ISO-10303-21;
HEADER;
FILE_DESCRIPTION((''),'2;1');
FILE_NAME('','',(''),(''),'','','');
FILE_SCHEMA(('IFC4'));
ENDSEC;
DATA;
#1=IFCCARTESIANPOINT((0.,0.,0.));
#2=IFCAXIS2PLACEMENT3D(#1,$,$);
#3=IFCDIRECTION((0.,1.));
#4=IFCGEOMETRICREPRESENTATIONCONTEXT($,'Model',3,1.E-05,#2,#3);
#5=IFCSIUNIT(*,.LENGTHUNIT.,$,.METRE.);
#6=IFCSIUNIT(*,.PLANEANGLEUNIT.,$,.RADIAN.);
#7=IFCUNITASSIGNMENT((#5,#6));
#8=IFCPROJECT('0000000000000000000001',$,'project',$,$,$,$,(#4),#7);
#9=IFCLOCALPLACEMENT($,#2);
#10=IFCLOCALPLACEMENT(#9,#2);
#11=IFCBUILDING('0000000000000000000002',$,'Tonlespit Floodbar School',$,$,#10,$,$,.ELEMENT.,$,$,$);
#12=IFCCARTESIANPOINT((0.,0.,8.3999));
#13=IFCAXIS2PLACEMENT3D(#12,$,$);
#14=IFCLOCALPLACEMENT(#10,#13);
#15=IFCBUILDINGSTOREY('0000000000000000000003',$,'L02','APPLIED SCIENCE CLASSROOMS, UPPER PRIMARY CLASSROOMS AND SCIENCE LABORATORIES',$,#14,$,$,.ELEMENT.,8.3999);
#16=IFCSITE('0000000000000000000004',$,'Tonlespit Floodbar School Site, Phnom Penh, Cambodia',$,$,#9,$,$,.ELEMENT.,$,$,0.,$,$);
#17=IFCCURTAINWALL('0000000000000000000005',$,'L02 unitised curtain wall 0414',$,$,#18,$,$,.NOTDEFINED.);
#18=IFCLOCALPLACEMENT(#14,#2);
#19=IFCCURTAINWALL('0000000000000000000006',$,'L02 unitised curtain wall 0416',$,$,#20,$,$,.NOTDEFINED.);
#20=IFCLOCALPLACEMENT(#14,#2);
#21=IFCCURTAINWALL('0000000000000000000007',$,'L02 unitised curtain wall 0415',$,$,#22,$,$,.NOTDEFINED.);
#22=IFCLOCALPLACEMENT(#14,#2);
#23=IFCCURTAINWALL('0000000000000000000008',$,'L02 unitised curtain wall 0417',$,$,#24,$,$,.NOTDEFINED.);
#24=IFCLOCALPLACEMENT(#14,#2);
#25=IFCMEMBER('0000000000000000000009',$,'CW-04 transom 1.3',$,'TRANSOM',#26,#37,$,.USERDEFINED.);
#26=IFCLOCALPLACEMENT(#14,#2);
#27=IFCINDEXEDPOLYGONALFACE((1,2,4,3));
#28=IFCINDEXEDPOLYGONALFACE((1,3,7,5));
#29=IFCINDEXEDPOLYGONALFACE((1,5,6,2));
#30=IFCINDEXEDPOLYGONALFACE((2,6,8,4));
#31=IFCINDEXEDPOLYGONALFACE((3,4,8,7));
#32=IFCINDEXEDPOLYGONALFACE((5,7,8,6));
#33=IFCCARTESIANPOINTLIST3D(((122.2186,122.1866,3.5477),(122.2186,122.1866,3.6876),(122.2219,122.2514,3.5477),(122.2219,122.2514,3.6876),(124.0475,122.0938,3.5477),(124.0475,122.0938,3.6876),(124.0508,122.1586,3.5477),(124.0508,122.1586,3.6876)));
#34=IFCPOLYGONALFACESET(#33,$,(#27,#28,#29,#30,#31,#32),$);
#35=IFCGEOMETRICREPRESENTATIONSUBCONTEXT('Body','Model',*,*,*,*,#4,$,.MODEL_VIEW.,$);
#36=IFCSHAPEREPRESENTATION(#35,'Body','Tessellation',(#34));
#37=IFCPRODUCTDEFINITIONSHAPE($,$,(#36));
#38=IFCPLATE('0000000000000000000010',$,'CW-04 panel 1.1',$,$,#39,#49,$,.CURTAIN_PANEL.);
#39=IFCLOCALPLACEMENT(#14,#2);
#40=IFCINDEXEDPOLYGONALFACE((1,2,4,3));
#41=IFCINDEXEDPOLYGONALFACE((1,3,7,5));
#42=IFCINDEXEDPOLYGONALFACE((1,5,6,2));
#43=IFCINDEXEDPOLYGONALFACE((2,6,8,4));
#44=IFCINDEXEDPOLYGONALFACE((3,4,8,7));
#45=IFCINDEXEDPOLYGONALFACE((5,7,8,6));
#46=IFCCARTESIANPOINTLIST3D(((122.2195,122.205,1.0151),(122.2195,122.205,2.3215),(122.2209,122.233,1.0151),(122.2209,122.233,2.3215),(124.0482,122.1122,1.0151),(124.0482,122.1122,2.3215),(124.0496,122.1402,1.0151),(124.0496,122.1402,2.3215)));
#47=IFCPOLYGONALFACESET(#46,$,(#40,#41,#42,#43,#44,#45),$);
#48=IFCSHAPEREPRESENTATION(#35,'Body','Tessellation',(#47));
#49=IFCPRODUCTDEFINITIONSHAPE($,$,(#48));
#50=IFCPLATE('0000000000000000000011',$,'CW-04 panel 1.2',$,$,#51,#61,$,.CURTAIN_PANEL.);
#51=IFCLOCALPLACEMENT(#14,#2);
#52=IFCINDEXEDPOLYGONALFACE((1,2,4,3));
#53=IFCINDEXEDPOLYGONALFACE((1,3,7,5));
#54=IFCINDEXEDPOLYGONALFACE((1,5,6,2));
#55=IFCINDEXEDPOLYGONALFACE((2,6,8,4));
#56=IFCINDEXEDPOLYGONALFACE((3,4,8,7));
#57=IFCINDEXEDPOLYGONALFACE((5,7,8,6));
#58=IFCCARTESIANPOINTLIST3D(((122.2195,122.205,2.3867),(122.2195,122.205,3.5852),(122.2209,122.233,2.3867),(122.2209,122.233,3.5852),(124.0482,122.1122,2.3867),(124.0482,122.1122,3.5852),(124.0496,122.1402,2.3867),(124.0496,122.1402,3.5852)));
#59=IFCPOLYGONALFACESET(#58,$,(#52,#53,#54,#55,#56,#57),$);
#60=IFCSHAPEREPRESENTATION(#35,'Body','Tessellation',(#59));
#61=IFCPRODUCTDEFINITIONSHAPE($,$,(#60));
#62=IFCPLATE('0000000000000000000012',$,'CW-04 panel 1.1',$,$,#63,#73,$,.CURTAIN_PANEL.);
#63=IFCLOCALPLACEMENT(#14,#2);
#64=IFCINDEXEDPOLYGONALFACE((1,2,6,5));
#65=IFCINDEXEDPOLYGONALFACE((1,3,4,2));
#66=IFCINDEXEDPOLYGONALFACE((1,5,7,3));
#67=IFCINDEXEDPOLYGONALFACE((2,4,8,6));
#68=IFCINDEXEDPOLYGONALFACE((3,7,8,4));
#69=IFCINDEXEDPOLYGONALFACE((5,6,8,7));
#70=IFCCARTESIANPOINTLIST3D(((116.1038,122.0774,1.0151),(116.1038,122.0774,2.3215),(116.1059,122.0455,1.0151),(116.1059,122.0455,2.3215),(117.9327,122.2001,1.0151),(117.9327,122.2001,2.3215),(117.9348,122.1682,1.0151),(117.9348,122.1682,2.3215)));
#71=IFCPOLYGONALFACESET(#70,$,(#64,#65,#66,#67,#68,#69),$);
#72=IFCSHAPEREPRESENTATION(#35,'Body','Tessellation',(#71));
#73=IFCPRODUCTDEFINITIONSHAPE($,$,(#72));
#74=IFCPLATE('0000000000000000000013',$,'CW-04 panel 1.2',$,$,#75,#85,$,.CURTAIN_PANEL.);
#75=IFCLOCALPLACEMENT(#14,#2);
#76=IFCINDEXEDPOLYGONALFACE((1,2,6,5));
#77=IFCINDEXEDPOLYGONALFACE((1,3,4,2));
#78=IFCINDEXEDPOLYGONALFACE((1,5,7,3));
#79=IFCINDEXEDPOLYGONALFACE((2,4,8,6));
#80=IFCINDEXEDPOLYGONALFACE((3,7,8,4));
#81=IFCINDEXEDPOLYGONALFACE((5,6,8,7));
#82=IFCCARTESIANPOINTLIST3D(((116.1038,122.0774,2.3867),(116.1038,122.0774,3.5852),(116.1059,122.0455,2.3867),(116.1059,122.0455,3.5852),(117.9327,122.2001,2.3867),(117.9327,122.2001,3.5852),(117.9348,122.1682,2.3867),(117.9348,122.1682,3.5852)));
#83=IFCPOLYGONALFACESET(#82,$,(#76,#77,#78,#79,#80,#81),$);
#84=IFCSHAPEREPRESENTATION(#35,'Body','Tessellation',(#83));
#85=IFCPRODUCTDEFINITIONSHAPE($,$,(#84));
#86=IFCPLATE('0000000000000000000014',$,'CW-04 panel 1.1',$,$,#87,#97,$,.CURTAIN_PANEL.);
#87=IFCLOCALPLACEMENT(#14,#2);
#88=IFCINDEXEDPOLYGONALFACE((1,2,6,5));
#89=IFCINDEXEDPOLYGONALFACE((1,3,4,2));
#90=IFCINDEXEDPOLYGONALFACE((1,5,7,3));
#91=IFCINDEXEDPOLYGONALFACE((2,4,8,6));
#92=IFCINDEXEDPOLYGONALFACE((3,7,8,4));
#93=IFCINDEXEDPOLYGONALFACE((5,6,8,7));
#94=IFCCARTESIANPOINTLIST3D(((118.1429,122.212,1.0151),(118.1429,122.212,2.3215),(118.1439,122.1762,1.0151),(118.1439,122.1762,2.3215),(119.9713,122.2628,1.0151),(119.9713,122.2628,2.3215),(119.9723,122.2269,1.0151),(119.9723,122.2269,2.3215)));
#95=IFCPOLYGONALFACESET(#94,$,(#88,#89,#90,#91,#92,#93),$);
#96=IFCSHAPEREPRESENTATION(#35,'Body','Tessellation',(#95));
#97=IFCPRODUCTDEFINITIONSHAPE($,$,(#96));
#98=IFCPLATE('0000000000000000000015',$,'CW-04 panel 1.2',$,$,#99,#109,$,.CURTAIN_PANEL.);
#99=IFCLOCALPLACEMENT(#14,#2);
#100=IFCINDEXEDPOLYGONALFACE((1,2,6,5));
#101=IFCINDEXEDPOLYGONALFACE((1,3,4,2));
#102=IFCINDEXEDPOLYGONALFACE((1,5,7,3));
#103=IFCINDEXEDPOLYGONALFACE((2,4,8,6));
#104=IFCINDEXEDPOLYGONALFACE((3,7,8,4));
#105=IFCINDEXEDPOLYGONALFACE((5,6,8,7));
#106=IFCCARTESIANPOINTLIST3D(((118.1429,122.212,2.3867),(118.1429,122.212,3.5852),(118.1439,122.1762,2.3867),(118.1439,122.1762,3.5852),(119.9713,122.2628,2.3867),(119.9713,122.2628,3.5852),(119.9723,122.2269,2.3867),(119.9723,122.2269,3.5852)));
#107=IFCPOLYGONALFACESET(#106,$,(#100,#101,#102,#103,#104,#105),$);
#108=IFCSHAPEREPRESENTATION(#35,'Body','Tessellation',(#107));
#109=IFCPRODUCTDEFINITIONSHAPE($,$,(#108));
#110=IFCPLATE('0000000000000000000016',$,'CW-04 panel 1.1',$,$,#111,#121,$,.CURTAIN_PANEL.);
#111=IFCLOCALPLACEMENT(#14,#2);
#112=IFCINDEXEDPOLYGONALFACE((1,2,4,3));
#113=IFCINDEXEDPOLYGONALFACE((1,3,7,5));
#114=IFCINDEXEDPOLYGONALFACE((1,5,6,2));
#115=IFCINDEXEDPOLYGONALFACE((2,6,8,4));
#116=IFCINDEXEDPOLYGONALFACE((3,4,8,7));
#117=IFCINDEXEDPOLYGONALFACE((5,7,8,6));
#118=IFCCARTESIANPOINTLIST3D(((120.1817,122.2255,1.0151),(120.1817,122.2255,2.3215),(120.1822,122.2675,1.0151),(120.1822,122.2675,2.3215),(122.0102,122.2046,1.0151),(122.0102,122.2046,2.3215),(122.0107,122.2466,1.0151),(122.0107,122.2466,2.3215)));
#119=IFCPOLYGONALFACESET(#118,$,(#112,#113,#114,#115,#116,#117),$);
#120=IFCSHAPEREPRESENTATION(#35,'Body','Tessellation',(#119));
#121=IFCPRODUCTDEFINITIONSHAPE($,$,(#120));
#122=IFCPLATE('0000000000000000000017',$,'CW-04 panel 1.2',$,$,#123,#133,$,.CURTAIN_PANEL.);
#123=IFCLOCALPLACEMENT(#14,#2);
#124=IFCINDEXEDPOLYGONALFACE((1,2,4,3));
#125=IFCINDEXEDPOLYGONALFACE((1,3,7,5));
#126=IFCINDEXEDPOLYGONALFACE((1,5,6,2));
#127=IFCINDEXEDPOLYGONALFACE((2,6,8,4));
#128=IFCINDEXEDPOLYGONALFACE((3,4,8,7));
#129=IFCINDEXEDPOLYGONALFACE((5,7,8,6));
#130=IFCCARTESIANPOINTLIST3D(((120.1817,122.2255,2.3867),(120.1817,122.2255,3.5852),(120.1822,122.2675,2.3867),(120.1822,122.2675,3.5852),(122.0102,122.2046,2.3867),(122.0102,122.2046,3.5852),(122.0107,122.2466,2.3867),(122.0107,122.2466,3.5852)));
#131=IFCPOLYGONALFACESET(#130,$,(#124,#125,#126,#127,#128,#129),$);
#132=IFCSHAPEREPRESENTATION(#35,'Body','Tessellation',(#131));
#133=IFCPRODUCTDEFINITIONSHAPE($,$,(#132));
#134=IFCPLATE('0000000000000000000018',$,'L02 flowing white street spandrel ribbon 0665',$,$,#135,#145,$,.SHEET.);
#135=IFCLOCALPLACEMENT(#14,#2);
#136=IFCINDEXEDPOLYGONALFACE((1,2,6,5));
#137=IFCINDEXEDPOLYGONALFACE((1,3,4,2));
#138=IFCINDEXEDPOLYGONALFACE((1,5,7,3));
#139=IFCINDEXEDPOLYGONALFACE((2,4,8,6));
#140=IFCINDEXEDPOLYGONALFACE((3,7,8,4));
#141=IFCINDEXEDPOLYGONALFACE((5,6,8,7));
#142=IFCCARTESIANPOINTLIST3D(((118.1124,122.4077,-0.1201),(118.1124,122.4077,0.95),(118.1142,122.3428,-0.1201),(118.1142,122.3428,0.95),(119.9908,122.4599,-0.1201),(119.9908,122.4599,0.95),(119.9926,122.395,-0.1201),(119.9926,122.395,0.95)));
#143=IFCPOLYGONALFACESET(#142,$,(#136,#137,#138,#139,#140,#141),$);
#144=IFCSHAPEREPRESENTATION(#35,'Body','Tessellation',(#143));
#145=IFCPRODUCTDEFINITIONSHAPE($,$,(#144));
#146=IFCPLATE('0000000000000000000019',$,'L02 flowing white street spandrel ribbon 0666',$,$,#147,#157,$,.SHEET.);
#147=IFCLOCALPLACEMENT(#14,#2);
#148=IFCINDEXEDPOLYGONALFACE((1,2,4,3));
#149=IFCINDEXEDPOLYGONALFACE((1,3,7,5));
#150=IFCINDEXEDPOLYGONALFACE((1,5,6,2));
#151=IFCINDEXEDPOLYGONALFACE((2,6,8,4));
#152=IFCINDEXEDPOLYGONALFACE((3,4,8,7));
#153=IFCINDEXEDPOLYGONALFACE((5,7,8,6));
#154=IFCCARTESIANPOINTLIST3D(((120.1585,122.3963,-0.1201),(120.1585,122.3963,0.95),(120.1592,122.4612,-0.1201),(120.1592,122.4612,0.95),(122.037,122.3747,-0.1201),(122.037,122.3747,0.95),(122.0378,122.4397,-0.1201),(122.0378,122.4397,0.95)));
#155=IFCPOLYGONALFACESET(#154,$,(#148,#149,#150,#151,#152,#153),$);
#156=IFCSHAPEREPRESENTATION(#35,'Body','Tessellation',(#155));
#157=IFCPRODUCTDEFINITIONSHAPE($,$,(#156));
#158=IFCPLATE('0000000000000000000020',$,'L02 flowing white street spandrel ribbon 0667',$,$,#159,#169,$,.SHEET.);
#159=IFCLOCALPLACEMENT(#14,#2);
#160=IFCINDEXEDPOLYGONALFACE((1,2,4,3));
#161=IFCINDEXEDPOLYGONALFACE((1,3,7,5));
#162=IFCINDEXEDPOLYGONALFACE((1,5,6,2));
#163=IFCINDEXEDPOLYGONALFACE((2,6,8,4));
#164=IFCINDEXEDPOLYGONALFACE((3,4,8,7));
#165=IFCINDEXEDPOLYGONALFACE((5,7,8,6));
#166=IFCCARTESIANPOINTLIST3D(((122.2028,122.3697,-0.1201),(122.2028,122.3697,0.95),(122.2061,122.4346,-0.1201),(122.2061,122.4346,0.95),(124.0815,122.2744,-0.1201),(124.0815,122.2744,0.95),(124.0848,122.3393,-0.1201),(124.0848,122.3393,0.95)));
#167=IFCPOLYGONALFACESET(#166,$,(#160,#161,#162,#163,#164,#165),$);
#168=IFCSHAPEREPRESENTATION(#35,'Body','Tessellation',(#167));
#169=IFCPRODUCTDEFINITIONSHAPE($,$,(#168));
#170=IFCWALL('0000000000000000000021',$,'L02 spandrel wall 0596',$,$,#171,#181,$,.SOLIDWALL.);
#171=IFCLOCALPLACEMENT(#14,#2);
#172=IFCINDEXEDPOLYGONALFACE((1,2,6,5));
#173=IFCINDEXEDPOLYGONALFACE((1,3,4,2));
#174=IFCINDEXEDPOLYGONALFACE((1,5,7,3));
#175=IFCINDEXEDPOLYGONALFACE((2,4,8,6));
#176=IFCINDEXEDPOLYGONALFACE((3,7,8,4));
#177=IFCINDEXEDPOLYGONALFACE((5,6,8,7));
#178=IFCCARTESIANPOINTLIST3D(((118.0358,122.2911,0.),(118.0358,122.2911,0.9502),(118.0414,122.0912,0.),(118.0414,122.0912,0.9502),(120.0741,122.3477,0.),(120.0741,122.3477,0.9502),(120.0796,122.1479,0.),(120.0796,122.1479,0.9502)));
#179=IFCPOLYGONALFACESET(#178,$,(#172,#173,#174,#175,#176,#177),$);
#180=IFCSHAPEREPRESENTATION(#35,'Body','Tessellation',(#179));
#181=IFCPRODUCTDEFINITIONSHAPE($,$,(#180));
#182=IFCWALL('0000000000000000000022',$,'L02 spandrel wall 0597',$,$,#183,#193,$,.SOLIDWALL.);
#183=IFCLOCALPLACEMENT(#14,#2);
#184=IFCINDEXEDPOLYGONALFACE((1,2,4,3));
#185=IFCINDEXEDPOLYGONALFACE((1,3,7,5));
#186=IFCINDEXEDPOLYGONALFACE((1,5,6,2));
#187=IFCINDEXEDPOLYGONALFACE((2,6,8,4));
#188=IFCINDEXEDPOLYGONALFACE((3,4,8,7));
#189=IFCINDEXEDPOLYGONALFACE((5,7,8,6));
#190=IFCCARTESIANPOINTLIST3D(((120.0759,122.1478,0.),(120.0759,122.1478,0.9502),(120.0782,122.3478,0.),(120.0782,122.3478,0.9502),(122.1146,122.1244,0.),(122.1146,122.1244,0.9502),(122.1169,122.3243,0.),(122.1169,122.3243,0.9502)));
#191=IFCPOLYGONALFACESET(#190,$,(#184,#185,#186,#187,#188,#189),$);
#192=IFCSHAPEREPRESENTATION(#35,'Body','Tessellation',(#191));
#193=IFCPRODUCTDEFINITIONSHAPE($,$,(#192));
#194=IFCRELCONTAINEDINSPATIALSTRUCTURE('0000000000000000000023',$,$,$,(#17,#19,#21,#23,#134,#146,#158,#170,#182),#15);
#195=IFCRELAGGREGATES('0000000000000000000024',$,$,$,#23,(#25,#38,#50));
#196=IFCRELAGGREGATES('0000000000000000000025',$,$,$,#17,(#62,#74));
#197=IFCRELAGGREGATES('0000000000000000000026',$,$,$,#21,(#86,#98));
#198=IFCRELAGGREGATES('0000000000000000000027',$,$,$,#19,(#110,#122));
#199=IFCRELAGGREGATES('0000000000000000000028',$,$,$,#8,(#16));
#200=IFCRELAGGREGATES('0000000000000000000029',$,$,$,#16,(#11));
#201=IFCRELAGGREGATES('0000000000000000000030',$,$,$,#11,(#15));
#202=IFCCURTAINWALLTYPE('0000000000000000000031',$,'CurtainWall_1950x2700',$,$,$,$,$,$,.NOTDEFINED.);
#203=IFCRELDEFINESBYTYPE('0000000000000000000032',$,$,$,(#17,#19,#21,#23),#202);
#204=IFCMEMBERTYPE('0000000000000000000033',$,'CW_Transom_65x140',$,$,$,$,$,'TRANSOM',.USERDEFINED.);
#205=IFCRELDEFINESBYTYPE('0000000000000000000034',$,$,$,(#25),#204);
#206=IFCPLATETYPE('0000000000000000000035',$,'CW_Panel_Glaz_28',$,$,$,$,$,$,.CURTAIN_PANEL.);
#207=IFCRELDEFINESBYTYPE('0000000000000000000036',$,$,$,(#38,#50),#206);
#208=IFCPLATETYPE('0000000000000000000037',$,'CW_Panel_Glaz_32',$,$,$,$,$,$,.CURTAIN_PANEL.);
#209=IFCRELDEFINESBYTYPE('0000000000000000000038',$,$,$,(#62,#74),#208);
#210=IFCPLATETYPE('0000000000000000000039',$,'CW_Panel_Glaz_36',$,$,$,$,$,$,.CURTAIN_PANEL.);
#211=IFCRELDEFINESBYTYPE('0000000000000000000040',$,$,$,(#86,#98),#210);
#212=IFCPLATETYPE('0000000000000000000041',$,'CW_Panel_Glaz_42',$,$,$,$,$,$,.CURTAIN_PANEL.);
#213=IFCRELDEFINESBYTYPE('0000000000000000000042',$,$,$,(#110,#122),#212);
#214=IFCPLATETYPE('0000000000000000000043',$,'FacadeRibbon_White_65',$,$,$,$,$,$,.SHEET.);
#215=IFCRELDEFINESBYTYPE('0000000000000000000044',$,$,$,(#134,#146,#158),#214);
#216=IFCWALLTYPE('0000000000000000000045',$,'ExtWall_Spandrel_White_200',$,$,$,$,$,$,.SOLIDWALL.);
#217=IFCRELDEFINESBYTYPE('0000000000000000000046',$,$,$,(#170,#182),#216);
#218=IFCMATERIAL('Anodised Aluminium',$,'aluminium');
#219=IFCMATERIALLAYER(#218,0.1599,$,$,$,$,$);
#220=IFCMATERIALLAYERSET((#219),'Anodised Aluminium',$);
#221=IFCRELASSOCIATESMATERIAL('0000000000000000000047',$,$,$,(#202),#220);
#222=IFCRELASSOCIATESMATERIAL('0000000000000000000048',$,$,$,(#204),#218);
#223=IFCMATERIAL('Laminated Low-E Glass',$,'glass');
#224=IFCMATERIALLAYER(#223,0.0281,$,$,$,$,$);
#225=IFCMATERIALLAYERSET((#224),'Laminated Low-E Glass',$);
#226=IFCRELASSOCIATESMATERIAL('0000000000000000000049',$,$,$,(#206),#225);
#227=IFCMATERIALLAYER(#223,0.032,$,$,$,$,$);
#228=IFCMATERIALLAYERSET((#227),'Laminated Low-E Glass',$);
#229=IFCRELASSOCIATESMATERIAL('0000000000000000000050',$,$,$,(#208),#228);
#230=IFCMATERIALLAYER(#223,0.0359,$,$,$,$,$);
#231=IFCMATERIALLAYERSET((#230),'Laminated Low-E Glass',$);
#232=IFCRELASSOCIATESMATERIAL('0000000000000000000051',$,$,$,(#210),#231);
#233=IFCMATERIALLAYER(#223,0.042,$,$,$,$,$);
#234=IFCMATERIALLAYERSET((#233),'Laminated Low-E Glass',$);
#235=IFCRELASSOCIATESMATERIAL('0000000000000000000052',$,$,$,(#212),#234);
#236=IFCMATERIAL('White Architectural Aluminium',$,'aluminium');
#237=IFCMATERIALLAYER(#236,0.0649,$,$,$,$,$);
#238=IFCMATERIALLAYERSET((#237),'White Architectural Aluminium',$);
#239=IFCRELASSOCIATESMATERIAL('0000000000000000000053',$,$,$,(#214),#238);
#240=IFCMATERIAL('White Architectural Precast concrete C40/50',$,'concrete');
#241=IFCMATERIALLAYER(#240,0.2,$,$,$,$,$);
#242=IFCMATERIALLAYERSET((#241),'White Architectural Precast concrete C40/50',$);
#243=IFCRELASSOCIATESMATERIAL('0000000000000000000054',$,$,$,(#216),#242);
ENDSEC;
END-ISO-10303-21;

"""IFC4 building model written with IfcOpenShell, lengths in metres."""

from ifc_helpers import new_model, si_unit, direction, frame, frame_2d, origin, origin_2d, place, context, subcontext, project, spatial, rectangle, extrude, material, layer, layer_set, material_profile, profile_set, type_object, element, aggregate, save


model = new_model("IFC4")

# Units and contexts
model_context = context("Model", 3, precision=1e-05, world=origin(), true_north=direction((0.0, 1.0)))
body_context = subcontext(model_context, "Body", "Model", "MODEL_VIEW")
ifc_project = project(units=[si_unit("LENGTHUNIT", "METRE"), si_unit("PLANEANGLEUNIT", "RADIAN")], contexts=[model_context])

# Site, building, storey
site_placement = place(None, origin())
site = spatial("IfcSite", under=ifc_project, at=site_placement, Name="Tonlespit Floodbar School Site, Phnom Penh, Cambodia", CompositionType="ELEMENT", RefElevation=0.0)
building_placement = place(site_placement, origin())
building = spatial("IfcBuilding", under=site, at=building_placement, Name="Tonlespit Floodbar School", CompositionType="ELEMENT")
storey_placement = place(building_placement, frame((0.0, 0.0, 8.3999)))
storey = spatial("IfcBuildingStorey", under=building, at=storey_placement, Name="L02", Description="APPLIED SCIENCE CLASSROOMS, UPPER PRIMARY CLASSROOMS AND SCIENCE LABORATORIES", CompositionType="ELEMENT", Elevation=8.3999)

# Curtain wall
ifc_material_1 = material(Name="Anodised Aluminium", Category="aluminium")
ifc_layer_1 = layer(ifc_material_1, 0.1599)
ifc_layer_set_1 = layer_set([ifc_layer_1], Name="Anodised Aluminium")
curtain_wall_type = type_object("IfcCurtainWallType", Name="CurtainWall_1950x2700", PredefinedType="NOTDEFINED", material=ifc_layer_set_1)
curtain_wall_1_placement = place(storey_placement, origin())
curtain_wall_1 = element("IfcCurtainWall", 1, at=curtain_wall_1_placement, inside=storey, type_object=curtain_wall_type, Name="L02 unitised curtain wall 0414", PredefinedType="NOTDEFINED")

# Curtain walls
curtain_wall_2_placement = place(storey_placement, origin())
curtain_wall_2 = element("IfcCurtainWall", 2, at=curtain_wall_2_placement, inside=storey, type_object=curtain_wall_type, Name="L02 unitised curtain wall 0416", PredefinedType="NOTDEFINED")
curtain_wall_3_placement = place(storey_placement, origin())
curtain_wall_3 = element("IfcCurtainWall", 3, at=curtain_wall_3_placement, inside=storey, type_object=curtain_wall_type, Name="L02 unitised curtain wall 0415", PredefinedType="NOTDEFINED")

# Curtain wall
curtain_wall_4_placement = place(storey_placement, origin())
curtain_wall_4 = element("IfcCurtainWall", 4, at=curtain_wall_4_placement, inside=storey, type_object=curtain_wall_type, Name="L02 unitised curtain wall 0417", PredefinedType="NOTDEFINED")

# Member
ifc_material_profile_1 = material_profile(ifc_material_1, rectangle(XDim=0.0649, YDim=0.1399, at=origin_2d()), Name="ALU T65x140")
ifc_profile_set_1 = profile_set([ifc_material_profile_1], Name="Anodised Aluminium")
member_type_1 = type_object("IfcMemberType", Name="CW_Transom_65x140", ElementType="TRANSOM", PredefinedType="USERDEFINED", material=ifc_profile_set_1)
member_1_placement = place(storey_placement, frame((122.2202, 122.219, 3.6177), z_axis=(0.998716, -0.050662, 0.0), x_axis=(0.050662, 0.998716, 0.0)))
member_1 = element("IfcMember", 5, at=member_1_placement, type_object=member_type_1, Name="CW-04 transom 1.3", ObjectType="TRANSOM", PredefinedType="USERDEFINED", context=body_context, shape_type="SweptSolid", body=[
    extrude(rectangle(XDim=0.0649, YDim=0.1399, at=origin_2d()), origin(), (0.0, 0.0, 1.0), 1.8313),
])

# Plates
ifc_material_2 = material(Name="Laminated Low-E Glass", Category="glass")
ifc_layer_2 = layer(ifc_material_2, 0.0281)
ifc_layer_set_2 = layer_set([ifc_layer_2], Name="Laminated Low-E Glass")
plate_type_1 = type_object("IfcPlateType", Name="CW_Panel_Glaz_28", PredefinedType="CURTAIN_PANEL", material=ifc_layer_set_2)
plate_1_placement = place(storey_placement, frame((123.1345, 122.1726, 1.0151), z_axis=(0.0, 0.0, 1.0), x_axis=(0.998715, -0.050685, 0.0)))
plate_1 = element("IfcPlate", 6, at=plate_1_placement, type_object=plate_type_1, Name="CW-04 panel 1.1", PredefinedType="CURTAIN_PANEL", context=body_context, shape_type="SweptSolid", body=[
    extrude(rectangle(XDim=1.8311, YDim=0.0281, at=origin_2d()), origin(), (0.0, 0.0, 1.0), 1.3064),
])
plate_2_placement = place(storey_placement, frame((123.1345, 122.1726, 2.3867), z_axis=(0.0, 0.0, 1.0), x_axis=(0.998715, -0.050685, 0.0)))
plate_2 = element("IfcPlate", 7, at=plate_2_placement, type_object=plate_type_1, Name="CW-04 panel 1.2", PredefinedType="CURTAIN_PANEL", context=body_context, shape_type="SweptSolid", body=[
    extrude(rectangle(XDim=1.8311, YDim=0.0281, at=origin_2d()), origin(), (0.0, 0.0, 1.0), 1.1985),
])
aggregate(curtain_wall_4, [member_1, plate_1, plate_2])
ifc_layer_3 = layer(ifc_material_2, 0.032)
ifc_layer_set_3 = layer_set([ifc_layer_3], Name="Laminated Low-E Glass")
plate_type_2 = type_object("IfcPlateType", Name="CW_Panel_Glaz_32", PredefinedType="CURTAIN_PANEL", material=ifc_layer_set_3)
plate_3_placement = place(storey_placement, frame((117.0193, 122.1228, 1.0151), z_axis=(0.0, 0.0, 1.0), x_axis=(0.997757, 0.066935, 0.0)))
plate_3 = element("IfcPlate", 8, at=plate_3_placement, type_object=plate_type_2, Name="CW-04 panel 1.1", PredefinedType="CURTAIN_PANEL", context=body_context, shape_type="SweptSolid", body=[
    extrude(rectangle(XDim=1.833, YDim=0.032, at=origin_2d()), origin(), (0.0, 0.0, 1.0), 1.3064),
])
plate_4_placement = place(storey_placement, frame((117.0193, 122.1228, 2.3867), z_axis=(0.0, 0.0, 1.0), x_axis=(0.997757, 0.066935, 0.0)))
plate_4 = element("IfcPlate", 9, at=plate_4_placement, type_object=plate_type_2, Name="CW-04 panel 1.2", PredefinedType="CURTAIN_PANEL", context=body_context, shape_type="SweptSolid", body=[
    extrude(rectangle(XDim=1.833, YDim=0.032, at=origin_2d()), origin(), (0.0, 0.0, 1.0), 1.1985),
])
aggregate(curtain_wall_1, [plate_3, plate_4])
ifc_layer_4 = layer(ifc_material_2, 0.0359)
ifc_layer_set_4 = layer_set([ifc_layer_4], Name="Laminated Low-E Glass")
plate_type_3 = type_object("IfcPlateType", Name="CW_Panel_Glaz_36", PredefinedType="CURTAIN_PANEL", material=ifc_layer_set_4)
plate_5_placement = place(storey_placement, frame((119.0576, 122.2195, 1.0151), z_axis=(0.0, 0.0, 1.0), x_axis=(0.999614, 0.027767, 0.0)))
plate_5 = element("IfcPlate", 10, at=plate_5_placement, type_object=plate_type_3, Name="CW-04 panel 1.1", PredefinedType="CURTAIN_PANEL", context=body_context, shape_type="SweptSolid", body=[
    extrude(rectangle(XDim=1.8291, YDim=0.0359, at=origin_2d()), origin(), (0.0, 0.0, 1.0), 1.3064),
])
plate_6_placement = place(storey_placement, frame((119.0576, 122.2195, 2.3867), z_axis=(0.0, 0.0, 1.0), x_axis=(0.999614, 0.027767, 0.0)))
plate_6 = element("IfcPlate", 11, at=plate_6_placement, type_object=plate_type_3, Name="CW-04 panel 1.2", PredefinedType="CURTAIN_PANEL", context=body_context, shape_type="SweptSolid", body=[
    extrude(rectangle(XDim=1.8291, YDim=0.0359, at=origin_2d()), origin(), (0.0, 0.0, 1.0), 1.1985),
])
aggregate(curtain_wall_3, [plate_5, plate_6])
ifc_layer_5 = layer(ifc_material_2, 0.042)
ifc_layer_set_5 = layer_set([ifc_layer_5], Name="Laminated Low-E Glass")
plate_type_4 = type_object("IfcPlateType", Name="CW_Panel_Glaz_42", PredefinedType="CURTAIN_PANEL", material=ifc_layer_set_5)
plate_7_placement = place(storey_placement, frame((121.0962, 122.2361, 1.0151), z_axis=(0.0, 0.0, 1.0), x_axis=(0.999935, -0.011437, 0.0)))
plate_7 = element("IfcPlate", 12, at=plate_7_placement, type_object=plate_type_4, Name="CW-04 panel 1.1", PredefinedType="CURTAIN_PANEL", context=body_context, shape_type="SweptSolid", body=[
    extrude(rectangle(XDim=1.8286, YDim=0.042, at=origin_2d()), origin(), (0.0, 0.0, 1.0), 1.3064),
])
plate_8_placement = place(storey_placement, frame((121.0962, 122.2361, 2.3867), z_axis=(0.0, 0.0, 1.0), x_axis=(0.999935, -0.011437, 0.0)))
plate_8 = element("IfcPlate", 13, at=plate_8_placement, type_object=plate_type_4, Name="CW-04 panel 1.2", PredefinedType="CURTAIN_PANEL", context=body_context, shape_type="SweptSolid", body=[
    extrude(rectangle(XDim=1.8286, YDim=0.042, at=origin_2d()), origin(), (0.0, 0.0, 1.0), 1.1985),
])
aggregate(curtain_wall_2, [plate_7, plate_8])

# Plates
ifc_material_3 = material(Name="White Architectural Aluminium", Category="aluminium")
ifc_layer_6 = layer(ifc_material_3, 0.0649)
ifc_layer_set_6 = layer_set([ifc_layer_6], Name="White Architectural Aluminium")
plate_type_5 = type_object("IfcPlateType", Name="FacadeRibbon_White_65", PredefinedType="SHEET", material=ifc_layer_set_6)
plate_9_placement = place(storey_placement, frame((119.0525, 122.4014, -0.1201), z_axis=(0.0, 0.0, 1.0), x_axis=(0.999615, 0.027756, 0.0)))
element("IfcPlate", 14, at=plate_9_placement, inside=storey, type_object=plate_type_5, Name="L02 flowing white street spandrel ribbon 0665", PredefinedType="SHEET", context=body_context, shape_type="SweptSolid", body=[
    extrude(rectangle(XDim=1.8792, YDim=0.0649, at=origin_2d()), origin(), (0.0, 0.0, 1.0), 1.0701),
])
plate_10_placement = place(storey_placement, frame((121.0981, 122.418, -0.1201), z_axis=(0.0, 0.0, 1.0), x_axis=(0.999934, -0.011479, 0.0)))
element("IfcPlate", 15, at=plate_10_placement, inside=storey, type_object=plate_type_5, Name="L02 flowing white street spandrel ribbon 0666", PredefinedType="SHEET", context=body_context, shape_type="SweptSolid", body=[
    extrude(rectangle(XDim=1.8787, YDim=0.0649, at=origin_2d()), origin(), (0.0, 0.0, 1.0), 1.0701),
])
plate_11_placement = place(storey_placement, frame((123.1438, 122.3545, -0.1201), z_axis=(0.0, 0.0, 1.0), x_axis=(0.998716, -0.050661, 0.0)))
element("IfcPlate", 16, at=plate_11_placement, inside=storey, type_object=plate_type_5, Name="L02 flowing white street spandrel ribbon 0667", PredefinedType="SHEET", context=body_context, shape_type="SweptSolid", body=[
    extrude(rectangle(XDim=1.8811, YDim=0.0649, at=origin_2d()), origin(), (0.0, 0.0, 1.0), 1.0701),
])

# Walls
ifc_material_4 = material(Name="White Architectural Precast concrete C40/50", Category="concrete")
ifc_layer_7 = layer(ifc_material_4, 0.2)
ifc_layer_set_7 = layer_set([ifc_layer_7], Name="White Architectural Precast concrete C40/50")
wall_type = type_object("IfcWallType", Name="ExtWall_Spandrel_White_200", PredefinedType="SOLIDWALL", material=ifc_layer_set_7)
wall_1_placement = place(storey_placement, frame((118.0386, 122.1912, 0.0), z_axis=(0.0, 0.0, 1.0), x_axis=(0.999614, 0.027777, 0.0)))
element("IfcWall", 17, at=wall_1_placement, inside=storey, type_object=wall_type, Name="L02 spandrel wall 0596", PredefinedType="SOLIDWALL", context=body_context, shape_type="SweptSolid", body=[
    extrude(rectangle(XDim=2.0391, YDim=0.2, at=frame_2d((1.0195, 0.0))), origin(), (0.0, 0.0, 1.0), 0.9502),
])
wall_2_placement = place(storey_placement, frame((120.0769, 122.2478, 0.0), z_axis=(0.0, 0.0, 1.0), x_axis=(0.999934, -0.011496, 0.0)))
element("IfcWall", 18, at=wall_2_placement, inside=storey, type_object=wall_type, Name="L02 spandrel wall 0597", PredefinedType="SOLIDWALL", context=body_context, shape_type="SweptSolid", body=[
    extrude(rectangle(XDim=2.0388, YDim=0.2, at=frame_2d((1.0195, 0.0))), origin(), (0.0, 0.0, 1.0), 0.9502),
])

save(model, "model.ifc")
